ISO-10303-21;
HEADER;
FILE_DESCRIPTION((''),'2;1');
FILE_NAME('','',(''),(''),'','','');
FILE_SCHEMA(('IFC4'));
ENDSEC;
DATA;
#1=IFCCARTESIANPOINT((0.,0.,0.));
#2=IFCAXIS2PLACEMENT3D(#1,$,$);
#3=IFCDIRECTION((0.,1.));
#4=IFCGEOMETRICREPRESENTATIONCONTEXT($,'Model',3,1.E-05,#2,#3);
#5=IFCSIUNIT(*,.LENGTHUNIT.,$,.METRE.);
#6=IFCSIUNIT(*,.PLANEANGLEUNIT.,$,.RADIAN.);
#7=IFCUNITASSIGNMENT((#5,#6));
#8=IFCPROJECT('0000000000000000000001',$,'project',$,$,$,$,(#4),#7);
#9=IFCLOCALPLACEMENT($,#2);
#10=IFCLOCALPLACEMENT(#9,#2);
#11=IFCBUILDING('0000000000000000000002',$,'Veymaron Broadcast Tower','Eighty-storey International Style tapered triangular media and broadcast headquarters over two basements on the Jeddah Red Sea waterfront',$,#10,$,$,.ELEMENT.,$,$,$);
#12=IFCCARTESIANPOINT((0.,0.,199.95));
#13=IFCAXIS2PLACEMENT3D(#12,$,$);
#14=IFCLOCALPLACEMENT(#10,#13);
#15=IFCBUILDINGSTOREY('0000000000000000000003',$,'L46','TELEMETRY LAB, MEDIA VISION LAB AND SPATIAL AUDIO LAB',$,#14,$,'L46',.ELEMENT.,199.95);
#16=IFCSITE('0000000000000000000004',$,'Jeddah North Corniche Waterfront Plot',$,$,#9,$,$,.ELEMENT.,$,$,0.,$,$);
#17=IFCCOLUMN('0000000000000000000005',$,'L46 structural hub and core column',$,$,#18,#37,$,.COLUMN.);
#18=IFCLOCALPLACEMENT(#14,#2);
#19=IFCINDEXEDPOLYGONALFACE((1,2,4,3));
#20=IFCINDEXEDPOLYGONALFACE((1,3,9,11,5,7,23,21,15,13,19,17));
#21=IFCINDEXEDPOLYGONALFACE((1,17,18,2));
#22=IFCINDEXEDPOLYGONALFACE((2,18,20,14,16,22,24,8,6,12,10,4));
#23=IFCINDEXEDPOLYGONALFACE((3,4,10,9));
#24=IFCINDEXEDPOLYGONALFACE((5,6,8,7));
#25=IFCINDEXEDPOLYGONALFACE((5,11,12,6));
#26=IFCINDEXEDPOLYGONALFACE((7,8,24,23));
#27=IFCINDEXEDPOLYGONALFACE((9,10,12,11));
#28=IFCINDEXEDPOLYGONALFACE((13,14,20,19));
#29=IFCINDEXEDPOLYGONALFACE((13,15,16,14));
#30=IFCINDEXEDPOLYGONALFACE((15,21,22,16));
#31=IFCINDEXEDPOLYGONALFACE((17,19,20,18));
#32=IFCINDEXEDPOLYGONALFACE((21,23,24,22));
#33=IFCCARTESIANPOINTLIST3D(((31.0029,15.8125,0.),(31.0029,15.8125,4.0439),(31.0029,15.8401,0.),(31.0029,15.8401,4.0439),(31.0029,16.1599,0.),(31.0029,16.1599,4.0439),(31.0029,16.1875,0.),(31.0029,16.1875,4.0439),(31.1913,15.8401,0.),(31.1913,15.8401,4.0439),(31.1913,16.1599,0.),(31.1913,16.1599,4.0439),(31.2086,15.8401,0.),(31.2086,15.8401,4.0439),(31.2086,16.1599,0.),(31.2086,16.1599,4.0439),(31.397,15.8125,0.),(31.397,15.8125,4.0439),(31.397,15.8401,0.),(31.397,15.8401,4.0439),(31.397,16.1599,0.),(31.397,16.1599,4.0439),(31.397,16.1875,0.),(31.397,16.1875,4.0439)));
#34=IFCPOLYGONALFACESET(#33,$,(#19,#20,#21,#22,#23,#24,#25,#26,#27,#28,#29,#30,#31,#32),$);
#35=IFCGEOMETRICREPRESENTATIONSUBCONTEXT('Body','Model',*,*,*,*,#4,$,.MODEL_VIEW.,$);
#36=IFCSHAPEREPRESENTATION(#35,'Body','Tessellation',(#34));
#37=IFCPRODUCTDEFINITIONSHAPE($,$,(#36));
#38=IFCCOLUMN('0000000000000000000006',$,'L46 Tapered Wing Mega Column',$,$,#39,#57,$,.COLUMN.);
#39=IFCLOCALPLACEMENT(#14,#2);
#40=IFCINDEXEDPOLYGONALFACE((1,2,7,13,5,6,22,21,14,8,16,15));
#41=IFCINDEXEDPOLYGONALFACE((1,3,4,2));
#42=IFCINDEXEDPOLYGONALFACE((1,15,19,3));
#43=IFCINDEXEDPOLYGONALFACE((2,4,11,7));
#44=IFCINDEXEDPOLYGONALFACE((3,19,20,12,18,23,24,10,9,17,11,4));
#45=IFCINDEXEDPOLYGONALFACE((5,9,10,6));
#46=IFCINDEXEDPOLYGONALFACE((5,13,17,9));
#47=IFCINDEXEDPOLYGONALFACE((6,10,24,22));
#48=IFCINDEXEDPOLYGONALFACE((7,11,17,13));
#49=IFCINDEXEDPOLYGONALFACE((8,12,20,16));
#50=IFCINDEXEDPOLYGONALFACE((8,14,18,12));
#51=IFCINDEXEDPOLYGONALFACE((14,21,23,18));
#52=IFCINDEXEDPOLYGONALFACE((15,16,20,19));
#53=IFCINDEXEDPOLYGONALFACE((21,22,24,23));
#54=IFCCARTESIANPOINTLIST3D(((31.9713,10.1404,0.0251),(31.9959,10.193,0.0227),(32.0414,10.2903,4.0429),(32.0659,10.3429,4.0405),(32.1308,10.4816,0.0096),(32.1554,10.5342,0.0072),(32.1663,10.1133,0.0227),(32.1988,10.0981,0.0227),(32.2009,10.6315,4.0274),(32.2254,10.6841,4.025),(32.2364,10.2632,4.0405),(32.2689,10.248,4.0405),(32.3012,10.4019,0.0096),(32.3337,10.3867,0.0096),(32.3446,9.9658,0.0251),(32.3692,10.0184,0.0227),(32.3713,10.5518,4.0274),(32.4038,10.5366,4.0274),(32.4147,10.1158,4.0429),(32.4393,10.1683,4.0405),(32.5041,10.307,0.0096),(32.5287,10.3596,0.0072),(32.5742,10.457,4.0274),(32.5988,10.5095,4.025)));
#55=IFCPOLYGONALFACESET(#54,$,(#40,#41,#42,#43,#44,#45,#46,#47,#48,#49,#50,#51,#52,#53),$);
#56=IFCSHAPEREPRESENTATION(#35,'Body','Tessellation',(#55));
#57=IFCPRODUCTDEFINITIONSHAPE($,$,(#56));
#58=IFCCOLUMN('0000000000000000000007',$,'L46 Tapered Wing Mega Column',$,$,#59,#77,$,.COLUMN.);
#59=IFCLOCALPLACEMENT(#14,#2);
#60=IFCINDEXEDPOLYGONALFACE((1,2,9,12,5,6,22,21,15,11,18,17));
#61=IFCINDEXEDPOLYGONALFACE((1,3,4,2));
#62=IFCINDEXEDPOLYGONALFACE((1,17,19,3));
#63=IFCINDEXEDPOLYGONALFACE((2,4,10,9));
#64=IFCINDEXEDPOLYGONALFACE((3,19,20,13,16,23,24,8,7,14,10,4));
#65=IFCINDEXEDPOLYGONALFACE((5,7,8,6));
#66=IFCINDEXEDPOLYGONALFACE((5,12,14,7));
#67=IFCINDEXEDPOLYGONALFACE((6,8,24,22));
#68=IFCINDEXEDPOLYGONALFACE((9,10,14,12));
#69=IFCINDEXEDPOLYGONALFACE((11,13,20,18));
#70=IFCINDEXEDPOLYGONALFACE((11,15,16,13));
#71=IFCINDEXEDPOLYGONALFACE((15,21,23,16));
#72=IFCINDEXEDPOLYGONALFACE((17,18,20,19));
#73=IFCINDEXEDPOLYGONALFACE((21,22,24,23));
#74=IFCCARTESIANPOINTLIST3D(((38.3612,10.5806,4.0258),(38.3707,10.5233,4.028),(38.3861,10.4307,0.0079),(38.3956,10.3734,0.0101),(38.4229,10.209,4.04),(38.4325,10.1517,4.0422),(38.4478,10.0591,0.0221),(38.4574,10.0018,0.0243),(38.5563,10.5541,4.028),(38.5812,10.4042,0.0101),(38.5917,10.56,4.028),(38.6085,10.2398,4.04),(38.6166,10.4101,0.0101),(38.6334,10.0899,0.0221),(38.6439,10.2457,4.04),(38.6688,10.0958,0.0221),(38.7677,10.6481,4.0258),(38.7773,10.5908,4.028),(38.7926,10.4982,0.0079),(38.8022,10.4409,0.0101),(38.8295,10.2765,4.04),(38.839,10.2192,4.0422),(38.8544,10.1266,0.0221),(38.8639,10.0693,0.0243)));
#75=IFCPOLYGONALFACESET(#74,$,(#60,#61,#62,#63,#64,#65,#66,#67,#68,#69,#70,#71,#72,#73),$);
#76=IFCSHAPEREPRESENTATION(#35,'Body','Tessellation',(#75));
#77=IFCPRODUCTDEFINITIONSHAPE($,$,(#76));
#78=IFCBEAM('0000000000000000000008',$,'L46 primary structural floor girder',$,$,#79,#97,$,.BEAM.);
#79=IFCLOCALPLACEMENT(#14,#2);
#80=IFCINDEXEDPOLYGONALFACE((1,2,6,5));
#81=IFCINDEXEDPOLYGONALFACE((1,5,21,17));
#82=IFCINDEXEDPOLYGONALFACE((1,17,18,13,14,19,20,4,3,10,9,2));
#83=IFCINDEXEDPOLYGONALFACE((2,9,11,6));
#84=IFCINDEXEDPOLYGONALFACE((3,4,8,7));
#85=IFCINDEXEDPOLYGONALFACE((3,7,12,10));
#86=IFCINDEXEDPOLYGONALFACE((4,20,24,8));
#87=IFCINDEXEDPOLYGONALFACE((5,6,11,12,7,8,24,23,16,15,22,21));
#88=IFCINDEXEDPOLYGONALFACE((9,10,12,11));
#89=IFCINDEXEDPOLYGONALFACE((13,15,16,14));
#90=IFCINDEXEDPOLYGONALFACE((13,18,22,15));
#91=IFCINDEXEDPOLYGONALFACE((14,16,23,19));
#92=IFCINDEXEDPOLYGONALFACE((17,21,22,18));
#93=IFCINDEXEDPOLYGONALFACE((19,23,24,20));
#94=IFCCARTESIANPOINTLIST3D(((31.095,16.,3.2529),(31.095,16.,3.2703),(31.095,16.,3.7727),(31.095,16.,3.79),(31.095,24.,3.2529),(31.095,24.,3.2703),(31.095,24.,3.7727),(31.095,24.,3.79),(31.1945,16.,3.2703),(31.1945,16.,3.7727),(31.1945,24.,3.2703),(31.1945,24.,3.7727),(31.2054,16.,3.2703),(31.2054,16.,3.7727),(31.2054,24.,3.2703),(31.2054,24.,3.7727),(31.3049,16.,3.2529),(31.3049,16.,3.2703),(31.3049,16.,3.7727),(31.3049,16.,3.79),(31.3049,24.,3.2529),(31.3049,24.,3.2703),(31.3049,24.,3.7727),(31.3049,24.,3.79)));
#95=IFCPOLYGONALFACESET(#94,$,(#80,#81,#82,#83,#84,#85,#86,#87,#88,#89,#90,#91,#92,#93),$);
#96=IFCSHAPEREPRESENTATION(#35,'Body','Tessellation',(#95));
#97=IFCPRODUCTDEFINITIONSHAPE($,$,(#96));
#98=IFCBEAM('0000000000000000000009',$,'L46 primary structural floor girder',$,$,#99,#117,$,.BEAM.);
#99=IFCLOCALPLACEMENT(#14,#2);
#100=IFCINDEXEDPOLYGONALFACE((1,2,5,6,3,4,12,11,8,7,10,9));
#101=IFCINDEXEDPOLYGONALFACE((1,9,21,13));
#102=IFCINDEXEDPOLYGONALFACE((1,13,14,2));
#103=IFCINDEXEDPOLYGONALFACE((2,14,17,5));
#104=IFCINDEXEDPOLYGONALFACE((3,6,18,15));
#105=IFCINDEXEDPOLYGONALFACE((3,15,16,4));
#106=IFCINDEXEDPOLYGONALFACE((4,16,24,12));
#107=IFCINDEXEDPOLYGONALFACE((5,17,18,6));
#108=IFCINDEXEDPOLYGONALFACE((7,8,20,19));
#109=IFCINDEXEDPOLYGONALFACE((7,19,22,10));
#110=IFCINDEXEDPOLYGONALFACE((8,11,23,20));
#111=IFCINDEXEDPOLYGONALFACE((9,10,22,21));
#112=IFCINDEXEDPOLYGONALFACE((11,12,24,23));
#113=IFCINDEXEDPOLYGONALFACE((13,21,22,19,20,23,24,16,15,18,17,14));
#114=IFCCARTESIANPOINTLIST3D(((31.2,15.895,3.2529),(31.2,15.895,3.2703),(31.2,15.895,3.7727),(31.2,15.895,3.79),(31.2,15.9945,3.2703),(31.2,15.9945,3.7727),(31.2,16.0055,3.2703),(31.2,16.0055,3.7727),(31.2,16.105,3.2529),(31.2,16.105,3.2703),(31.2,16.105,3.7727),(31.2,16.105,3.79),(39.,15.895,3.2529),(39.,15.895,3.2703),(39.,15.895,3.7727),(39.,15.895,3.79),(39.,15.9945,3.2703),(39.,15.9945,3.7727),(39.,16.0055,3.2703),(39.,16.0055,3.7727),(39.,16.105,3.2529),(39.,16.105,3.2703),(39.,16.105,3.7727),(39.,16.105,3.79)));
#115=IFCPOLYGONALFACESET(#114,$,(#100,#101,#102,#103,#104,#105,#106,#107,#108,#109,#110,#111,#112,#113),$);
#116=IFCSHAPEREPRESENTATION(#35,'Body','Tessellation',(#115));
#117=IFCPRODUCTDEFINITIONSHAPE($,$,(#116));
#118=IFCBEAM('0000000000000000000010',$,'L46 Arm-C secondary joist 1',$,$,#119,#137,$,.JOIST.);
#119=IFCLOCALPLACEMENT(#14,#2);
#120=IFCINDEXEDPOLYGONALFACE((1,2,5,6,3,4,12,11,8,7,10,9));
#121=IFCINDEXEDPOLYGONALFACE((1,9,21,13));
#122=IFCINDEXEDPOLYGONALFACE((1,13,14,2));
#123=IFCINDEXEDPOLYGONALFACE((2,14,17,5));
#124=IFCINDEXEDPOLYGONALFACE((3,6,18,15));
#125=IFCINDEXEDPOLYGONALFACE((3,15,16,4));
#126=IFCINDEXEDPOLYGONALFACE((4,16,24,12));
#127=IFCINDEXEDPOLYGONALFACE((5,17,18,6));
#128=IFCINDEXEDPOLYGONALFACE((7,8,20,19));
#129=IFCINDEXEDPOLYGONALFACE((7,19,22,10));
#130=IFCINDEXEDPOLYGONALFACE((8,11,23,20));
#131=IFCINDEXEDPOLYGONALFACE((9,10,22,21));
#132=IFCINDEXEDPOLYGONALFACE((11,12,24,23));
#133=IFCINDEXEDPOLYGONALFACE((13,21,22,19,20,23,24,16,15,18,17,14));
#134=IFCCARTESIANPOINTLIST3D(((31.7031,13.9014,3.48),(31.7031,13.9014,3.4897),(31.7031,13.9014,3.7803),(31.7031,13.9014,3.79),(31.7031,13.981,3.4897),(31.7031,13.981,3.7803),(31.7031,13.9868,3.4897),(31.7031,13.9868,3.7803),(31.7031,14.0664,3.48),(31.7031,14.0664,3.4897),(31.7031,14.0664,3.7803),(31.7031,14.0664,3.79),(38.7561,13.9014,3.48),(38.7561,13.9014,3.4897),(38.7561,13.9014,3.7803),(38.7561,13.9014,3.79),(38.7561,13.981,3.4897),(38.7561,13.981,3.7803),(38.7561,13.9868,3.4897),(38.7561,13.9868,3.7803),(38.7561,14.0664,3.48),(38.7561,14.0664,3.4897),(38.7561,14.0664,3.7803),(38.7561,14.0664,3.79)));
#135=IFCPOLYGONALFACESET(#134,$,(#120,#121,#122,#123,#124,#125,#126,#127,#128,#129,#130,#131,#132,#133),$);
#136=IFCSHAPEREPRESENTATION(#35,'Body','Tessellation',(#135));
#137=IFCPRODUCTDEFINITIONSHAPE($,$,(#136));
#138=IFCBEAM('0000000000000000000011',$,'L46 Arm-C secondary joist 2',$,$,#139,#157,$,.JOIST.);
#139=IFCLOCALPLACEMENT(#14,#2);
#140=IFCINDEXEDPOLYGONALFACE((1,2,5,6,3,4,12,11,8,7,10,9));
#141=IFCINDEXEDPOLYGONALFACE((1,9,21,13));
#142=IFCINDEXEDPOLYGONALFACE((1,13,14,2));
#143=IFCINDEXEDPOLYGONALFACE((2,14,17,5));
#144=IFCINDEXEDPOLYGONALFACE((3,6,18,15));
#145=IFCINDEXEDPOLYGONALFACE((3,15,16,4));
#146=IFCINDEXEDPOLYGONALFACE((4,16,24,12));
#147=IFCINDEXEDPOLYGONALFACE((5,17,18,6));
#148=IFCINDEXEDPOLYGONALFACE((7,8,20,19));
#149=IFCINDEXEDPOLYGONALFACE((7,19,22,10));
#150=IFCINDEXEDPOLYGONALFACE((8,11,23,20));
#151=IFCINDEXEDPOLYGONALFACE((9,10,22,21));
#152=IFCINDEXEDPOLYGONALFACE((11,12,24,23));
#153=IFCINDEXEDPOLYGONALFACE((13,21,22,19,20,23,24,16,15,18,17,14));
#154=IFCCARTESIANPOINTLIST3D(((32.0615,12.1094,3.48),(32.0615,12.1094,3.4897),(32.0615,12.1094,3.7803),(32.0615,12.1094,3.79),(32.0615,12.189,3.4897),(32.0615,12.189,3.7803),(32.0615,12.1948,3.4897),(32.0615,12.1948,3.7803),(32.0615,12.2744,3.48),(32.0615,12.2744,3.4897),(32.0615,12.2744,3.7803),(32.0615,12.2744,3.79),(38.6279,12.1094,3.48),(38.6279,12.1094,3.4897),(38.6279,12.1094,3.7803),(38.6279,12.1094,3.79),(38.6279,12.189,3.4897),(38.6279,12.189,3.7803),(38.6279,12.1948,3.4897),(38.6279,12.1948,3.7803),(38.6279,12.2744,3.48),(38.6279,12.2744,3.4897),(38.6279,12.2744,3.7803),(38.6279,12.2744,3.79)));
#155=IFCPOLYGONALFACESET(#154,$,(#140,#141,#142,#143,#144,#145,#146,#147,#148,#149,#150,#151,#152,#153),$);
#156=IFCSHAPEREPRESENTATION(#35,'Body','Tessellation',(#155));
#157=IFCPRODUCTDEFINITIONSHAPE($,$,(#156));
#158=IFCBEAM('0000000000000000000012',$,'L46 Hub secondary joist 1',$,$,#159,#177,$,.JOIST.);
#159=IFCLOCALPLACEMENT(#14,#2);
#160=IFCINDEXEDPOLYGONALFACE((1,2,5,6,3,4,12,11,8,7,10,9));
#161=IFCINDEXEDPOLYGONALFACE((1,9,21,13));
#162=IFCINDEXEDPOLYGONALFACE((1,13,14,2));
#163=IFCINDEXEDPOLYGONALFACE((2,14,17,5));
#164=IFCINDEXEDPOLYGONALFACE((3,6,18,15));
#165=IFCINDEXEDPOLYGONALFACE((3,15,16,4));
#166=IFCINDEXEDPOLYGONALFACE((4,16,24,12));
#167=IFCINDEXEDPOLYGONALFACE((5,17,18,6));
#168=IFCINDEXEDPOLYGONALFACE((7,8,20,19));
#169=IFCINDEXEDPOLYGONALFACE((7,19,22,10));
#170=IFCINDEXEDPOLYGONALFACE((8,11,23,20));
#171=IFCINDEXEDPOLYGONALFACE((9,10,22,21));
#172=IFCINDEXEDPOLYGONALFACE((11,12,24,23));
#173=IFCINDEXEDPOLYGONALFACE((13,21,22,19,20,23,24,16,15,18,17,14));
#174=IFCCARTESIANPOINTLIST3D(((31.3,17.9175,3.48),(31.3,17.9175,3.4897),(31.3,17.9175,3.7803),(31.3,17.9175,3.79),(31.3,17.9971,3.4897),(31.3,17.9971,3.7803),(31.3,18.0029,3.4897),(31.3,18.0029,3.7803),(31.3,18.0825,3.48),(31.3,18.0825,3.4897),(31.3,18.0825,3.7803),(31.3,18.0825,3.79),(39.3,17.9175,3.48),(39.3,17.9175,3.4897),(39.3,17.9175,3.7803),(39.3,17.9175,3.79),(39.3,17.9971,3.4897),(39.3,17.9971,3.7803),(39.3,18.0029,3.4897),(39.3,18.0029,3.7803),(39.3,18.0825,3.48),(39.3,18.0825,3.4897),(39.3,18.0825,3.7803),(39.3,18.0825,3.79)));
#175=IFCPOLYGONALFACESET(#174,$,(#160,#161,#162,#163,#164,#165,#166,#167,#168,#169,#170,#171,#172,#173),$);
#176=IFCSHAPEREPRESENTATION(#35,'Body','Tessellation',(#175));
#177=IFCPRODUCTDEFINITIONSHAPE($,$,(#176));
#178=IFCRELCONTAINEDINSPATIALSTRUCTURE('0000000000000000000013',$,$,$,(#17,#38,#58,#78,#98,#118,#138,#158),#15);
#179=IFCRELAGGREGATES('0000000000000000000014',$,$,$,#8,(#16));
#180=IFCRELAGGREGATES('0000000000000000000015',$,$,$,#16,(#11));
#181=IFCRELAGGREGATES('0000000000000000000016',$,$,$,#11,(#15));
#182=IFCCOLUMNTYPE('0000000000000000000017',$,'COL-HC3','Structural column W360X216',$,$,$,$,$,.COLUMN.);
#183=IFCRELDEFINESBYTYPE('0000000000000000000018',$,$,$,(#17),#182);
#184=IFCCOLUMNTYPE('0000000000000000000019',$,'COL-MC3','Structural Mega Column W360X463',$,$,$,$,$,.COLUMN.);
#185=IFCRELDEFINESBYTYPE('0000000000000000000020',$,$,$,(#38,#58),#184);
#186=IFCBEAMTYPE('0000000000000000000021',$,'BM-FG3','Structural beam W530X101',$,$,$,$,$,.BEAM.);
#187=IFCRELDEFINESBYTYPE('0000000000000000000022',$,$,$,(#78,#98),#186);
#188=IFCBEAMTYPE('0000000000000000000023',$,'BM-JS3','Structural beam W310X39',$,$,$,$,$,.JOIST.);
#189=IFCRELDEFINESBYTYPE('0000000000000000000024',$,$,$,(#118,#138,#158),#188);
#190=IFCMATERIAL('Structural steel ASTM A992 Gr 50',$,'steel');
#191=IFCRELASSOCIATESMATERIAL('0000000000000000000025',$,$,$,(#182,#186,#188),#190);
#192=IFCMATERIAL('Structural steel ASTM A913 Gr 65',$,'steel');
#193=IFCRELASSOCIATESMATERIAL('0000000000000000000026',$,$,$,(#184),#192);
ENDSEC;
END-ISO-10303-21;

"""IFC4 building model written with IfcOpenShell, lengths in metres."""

from ifc_helpers import new_model, si_unit, direction, frame, origin, origin_2d, place, context, subcontext, project, spatial, i_section, extrude, material, material_profile, profile_set, type_object, element, save


model = new_model("IFC4")

# Units and contexts
model_context = context("Model", 3, precision=1e-05, world=origin(), true_north=direction((0.0, 1.0)))
body_context = subcontext(model_context, "Body", "Model", "MODEL_VIEW")
ifc_project = project(units=[si_unit("LENGTHUNIT", "METRE"), si_unit("PLANEANGLEUNIT", "RADIAN")], contexts=[model_context])

# Site, building, storey
site_placement = place(None, origin())
site = spatial("IfcSite", under=ifc_project, at=site_placement, Name="Jeddah North Corniche Waterfront Plot", CompositionType="ELEMENT", RefElevation=0.0)
building_placement = place(site_placement, origin())
building = spatial("IfcBuilding", under=site, at=building_placement, Name="Veymaron Broadcast Tower", Description="Eighty-storey International Style tapered triangular media and broadcast headquarters over two basements on the Jeddah Red Sea waterfront", CompositionType="ELEMENT")
storey_placement = place(building_placement, frame((0.0, 0.0, 199.95)))
storey = spatial("IfcBuildingStorey", under=building, at=storey_placement, Name="L46", Description="TELEMETRY LAB, MEDIA VISION LAB AND SPATIAL AUDIO LAB", LongName="L46", CompositionType="ELEMENT", Elevation=199.95)

# Columns
ifc_material_1 = material(Name="Structural steel ASTM A992 Gr 50", Category="steel")
ifc_material_profile_1 = material_profile(ifc_material_1, i_section(OverallWidth=0.394, OverallDepth=0.375, WebThickness=0.0173, FlangeThickness=0.0276, at=origin_2d()), Name="W360X216")
ifc_profile_set_1 = profile_set([ifc_material_profile_1], Name="Structural steel ASTM A992 Gr 50")
column_type_1 = type_object("IfcColumnType", Name="COL-HC3", Description="Structural column W360X216", PredefinedType="COLUMN", material=ifc_profile_set_1)
column_1_placement = place(storey_placement, frame((31.2, 16.0, 0.0), z_axis=(0.0, 0.0, 1.0), x_axis=(1.0, 0.0, 0.0)))
element("IfcColumn", 1, at=column_1_placement, inside=storey, type_object=column_type_1, Name="L46 structural hub and core column", PredefinedType="COLUMN", context=body_context, shape_type="SweptSolid", body=[
    extrude(i_section(OverallWidth=0.394, OverallDepth=0.375, WebThickness=0.0173, FlangeThickness=0.0276, at=origin_2d()), origin(), (0.0, 0.0, 1.0), 4.0439),
])
ifc_material_2 = material(Name="Structural steel ASTM A913 Gr 65", Category="steel")
ifc_material_profile_2 = material_profile(ifc_material_2, i_section(OverallWidth=0.4121, OverallDepth=0.4351, WebThickness=0.0359, FlangeThickness=0.0581, at=origin_2d()), Name="W360X463")
ifc_profile_set_2 = profile_set([ifc_material_profile_2], Name="Structural steel ASTM A913 Gr 65")
column_type_2 = type_object("IfcColumnType", Name="COL-MC3", Description="Structural Mega Column W360X463", PredefinedType="COLUMN", material=ifc_profile_set_2)
column_2_placement = place(storey_placement, frame((32.25, 10.25, 0.0161), z_axis=(0.017425, 0.037278, 0.999153), x_axis=(-0.905919, 0.423451, 0.0)))
element("IfcColumn", 2, at=column_2_placement, inside=storey, type_object=column_type_2, Name="L46 Tapered Wing Mega Column", PredefinedType="COLUMN", context=body_context, shape_type="SweptSolid", body=[
    extrude(i_section(OverallWidth=0.4121, OverallDepth=0.4351, WebThickness=0.0359, FlangeThickness=0.0581, at=origin_2d()), origin(), (0.0, 0.0, 1.0), 4.0212),
])
column_3_placement = place(storey_placement, frame((38.625, 10.25, 0.0161), z_axis=(-0.006194, 0.037283, 0.999286), x_axis=(-0.986481, -0.163878, 0.0)))
element("IfcColumn", 3, at=column_3_placement, inside=storey, type_object=column_type_2, Name="L46 Tapered Wing Mega Column", PredefinedType="COLUMN", context=body_context, shape_type="SweptSolid", body=[
    extrude(i_section(OverallWidth=0.4121, OverallDepth=0.4351, WebThickness=0.0359, FlangeThickness=0.0581, at=origin_2d()), origin(), (0.0, 0.0, 1.0), 4.0208),
])

# Beams
ifc_material_profile_3 = material_profile(ifc_material_1, i_section(OverallWidth=0.21, OverallDepth=0.5371, WebThickness=0.011, FlangeThickness=0.0173, at=origin_2d()), Name="W530X101")
ifc_profile_set_3 = profile_set([ifc_material_profile_3], Name="Structural steel ASTM A992 Gr 50")
beam_type_1 = type_object("IfcBeamType", Name="BM-FG3", Description="Structural beam W530X101", PredefinedType="BEAM", material=ifc_profile_set_3)
beam_1_placement = place(storey_placement, frame((31.2, 16.0, 3.5215), z_axis=(0.0, 1.0, 0.0), x_axis=(-1.0, 0.0, 0.0)))
element("IfcBeam", 4, at=beam_1_placement, inside=storey, type_object=beam_type_1, Name="L46 primary structural floor girder", PredefinedType="BEAM", context=body_context, shape_type="SweptSolid", body=[
    extrude(i_section(OverallWidth=0.21, OverallDepth=0.5371, WebThickness=0.011, FlangeThickness=0.0173, at=origin_2d()), origin(), (0.0, 0.0, 1.0), 8.0),
])
beam_2_placement = place(storey_placement, frame((31.2, 16.0, 3.5215), z_axis=(1.0, 0.0, 0.0), x_axis=(0.0, 1.0, 0.0)))
element("IfcBeam", 5, at=beam_2_placement, inside=storey, type_object=beam_type_1, Name="L46 primary structural floor girder", PredefinedType="BEAM", context=body_context, shape_type="SweptSolid", body=[
    extrude(i_section(OverallWidth=0.21, OverallDepth=0.5371, WebThickness=0.011, FlangeThickness=0.0173, at=origin_2d()), origin(), (0.0, 0.0, 1.0), 7.8),
])
ifc_material_profile_4 = material_profile(ifc_material_1, i_section(OverallWidth=0.165, OverallDepth=0.3101, WebThickness=0.0059, FlangeThickness=0.0098, at=origin_2d()), Name="W310X39")
ifc_profile_set_4 = profile_set([ifc_material_profile_4], Name="Structural steel ASTM A992 Gr 50")
beam_type_2 = type_object("IfcBeamType", Name="BM-JS3", Description="Structural beam W310X39", PredefinedType="JOIST", material=ifc_profile_set_4)
beam_3_placement = place(storey_placement, frame((31.7031, 13.9839, 3.635), z_axis=(1.0, 0.0, 0.0), x_axis=(0.0, 1.0, 0.0)))
element("IfcBeam", 6, at=beam_3_placement, inside=storey, type_object=beam_type_2, Name="L46 Arm-C secondary joist 1", PredefinedType="JOIST", context=body_context, shape_type="SweptSolid", body=[
    extrude(i_section(OverallWidth=0.165, OverallDepth=0.3101, WebThickness=0.0059, FlangeThickness=0.0098, at=origin_2d()), origin(), (0.0, 0.0, 1.0), 7.053),
])
beam_4_placement = place(storey_placement, frame((32.0615, 12.1919, 3.635), z_axis=(1.0, 0.0, 0.0), x_axis=(0.0, 1.0, 0.0)))
element("IfcBeam", 7, at=beam_4_placement, inside=storey, type_object=beam_type_2, Name="L46 Arm-C secondary joist 2", PredefinedType="JOIST", context=body_context, shape_type="SweptSolid", body=[
    extrude(i_section(OverallWidth=0.165, OverallDepth=0.3101, WebThickness=0.0059, FlangeThickness=0.0098, at=origin_2d()), origin(), (0.0, 0.0, 1.0), 6.5664),
])
for number, where, z_axis, x_axis, name in (
    (8, (31.3, 18.0, 3.635), (1.0, 0.0, 0.0), (0.0, 1.0, 0.0), "L46 Hub secondary joist 1"),
):
    element("IfcBeam", number, at=place(storey_placement, frame(where, z_axis=z_axis, x_axis=x_axis)), inside=storey, type_object=beam_type_2, Name=name, PredefinedType="JOIST", context=body_context, shape_type="SweptSolid", body=[
        extrude(i_section(OverallWidth=0.165, OverallDepth=0.3101, WebThickness=0.0059, FlangeThickness=0.0098, at=origin_2d()), origin(), (0.0, 0.0, 1.0), 8.0),
    ])

save(model, "model.ifc")
